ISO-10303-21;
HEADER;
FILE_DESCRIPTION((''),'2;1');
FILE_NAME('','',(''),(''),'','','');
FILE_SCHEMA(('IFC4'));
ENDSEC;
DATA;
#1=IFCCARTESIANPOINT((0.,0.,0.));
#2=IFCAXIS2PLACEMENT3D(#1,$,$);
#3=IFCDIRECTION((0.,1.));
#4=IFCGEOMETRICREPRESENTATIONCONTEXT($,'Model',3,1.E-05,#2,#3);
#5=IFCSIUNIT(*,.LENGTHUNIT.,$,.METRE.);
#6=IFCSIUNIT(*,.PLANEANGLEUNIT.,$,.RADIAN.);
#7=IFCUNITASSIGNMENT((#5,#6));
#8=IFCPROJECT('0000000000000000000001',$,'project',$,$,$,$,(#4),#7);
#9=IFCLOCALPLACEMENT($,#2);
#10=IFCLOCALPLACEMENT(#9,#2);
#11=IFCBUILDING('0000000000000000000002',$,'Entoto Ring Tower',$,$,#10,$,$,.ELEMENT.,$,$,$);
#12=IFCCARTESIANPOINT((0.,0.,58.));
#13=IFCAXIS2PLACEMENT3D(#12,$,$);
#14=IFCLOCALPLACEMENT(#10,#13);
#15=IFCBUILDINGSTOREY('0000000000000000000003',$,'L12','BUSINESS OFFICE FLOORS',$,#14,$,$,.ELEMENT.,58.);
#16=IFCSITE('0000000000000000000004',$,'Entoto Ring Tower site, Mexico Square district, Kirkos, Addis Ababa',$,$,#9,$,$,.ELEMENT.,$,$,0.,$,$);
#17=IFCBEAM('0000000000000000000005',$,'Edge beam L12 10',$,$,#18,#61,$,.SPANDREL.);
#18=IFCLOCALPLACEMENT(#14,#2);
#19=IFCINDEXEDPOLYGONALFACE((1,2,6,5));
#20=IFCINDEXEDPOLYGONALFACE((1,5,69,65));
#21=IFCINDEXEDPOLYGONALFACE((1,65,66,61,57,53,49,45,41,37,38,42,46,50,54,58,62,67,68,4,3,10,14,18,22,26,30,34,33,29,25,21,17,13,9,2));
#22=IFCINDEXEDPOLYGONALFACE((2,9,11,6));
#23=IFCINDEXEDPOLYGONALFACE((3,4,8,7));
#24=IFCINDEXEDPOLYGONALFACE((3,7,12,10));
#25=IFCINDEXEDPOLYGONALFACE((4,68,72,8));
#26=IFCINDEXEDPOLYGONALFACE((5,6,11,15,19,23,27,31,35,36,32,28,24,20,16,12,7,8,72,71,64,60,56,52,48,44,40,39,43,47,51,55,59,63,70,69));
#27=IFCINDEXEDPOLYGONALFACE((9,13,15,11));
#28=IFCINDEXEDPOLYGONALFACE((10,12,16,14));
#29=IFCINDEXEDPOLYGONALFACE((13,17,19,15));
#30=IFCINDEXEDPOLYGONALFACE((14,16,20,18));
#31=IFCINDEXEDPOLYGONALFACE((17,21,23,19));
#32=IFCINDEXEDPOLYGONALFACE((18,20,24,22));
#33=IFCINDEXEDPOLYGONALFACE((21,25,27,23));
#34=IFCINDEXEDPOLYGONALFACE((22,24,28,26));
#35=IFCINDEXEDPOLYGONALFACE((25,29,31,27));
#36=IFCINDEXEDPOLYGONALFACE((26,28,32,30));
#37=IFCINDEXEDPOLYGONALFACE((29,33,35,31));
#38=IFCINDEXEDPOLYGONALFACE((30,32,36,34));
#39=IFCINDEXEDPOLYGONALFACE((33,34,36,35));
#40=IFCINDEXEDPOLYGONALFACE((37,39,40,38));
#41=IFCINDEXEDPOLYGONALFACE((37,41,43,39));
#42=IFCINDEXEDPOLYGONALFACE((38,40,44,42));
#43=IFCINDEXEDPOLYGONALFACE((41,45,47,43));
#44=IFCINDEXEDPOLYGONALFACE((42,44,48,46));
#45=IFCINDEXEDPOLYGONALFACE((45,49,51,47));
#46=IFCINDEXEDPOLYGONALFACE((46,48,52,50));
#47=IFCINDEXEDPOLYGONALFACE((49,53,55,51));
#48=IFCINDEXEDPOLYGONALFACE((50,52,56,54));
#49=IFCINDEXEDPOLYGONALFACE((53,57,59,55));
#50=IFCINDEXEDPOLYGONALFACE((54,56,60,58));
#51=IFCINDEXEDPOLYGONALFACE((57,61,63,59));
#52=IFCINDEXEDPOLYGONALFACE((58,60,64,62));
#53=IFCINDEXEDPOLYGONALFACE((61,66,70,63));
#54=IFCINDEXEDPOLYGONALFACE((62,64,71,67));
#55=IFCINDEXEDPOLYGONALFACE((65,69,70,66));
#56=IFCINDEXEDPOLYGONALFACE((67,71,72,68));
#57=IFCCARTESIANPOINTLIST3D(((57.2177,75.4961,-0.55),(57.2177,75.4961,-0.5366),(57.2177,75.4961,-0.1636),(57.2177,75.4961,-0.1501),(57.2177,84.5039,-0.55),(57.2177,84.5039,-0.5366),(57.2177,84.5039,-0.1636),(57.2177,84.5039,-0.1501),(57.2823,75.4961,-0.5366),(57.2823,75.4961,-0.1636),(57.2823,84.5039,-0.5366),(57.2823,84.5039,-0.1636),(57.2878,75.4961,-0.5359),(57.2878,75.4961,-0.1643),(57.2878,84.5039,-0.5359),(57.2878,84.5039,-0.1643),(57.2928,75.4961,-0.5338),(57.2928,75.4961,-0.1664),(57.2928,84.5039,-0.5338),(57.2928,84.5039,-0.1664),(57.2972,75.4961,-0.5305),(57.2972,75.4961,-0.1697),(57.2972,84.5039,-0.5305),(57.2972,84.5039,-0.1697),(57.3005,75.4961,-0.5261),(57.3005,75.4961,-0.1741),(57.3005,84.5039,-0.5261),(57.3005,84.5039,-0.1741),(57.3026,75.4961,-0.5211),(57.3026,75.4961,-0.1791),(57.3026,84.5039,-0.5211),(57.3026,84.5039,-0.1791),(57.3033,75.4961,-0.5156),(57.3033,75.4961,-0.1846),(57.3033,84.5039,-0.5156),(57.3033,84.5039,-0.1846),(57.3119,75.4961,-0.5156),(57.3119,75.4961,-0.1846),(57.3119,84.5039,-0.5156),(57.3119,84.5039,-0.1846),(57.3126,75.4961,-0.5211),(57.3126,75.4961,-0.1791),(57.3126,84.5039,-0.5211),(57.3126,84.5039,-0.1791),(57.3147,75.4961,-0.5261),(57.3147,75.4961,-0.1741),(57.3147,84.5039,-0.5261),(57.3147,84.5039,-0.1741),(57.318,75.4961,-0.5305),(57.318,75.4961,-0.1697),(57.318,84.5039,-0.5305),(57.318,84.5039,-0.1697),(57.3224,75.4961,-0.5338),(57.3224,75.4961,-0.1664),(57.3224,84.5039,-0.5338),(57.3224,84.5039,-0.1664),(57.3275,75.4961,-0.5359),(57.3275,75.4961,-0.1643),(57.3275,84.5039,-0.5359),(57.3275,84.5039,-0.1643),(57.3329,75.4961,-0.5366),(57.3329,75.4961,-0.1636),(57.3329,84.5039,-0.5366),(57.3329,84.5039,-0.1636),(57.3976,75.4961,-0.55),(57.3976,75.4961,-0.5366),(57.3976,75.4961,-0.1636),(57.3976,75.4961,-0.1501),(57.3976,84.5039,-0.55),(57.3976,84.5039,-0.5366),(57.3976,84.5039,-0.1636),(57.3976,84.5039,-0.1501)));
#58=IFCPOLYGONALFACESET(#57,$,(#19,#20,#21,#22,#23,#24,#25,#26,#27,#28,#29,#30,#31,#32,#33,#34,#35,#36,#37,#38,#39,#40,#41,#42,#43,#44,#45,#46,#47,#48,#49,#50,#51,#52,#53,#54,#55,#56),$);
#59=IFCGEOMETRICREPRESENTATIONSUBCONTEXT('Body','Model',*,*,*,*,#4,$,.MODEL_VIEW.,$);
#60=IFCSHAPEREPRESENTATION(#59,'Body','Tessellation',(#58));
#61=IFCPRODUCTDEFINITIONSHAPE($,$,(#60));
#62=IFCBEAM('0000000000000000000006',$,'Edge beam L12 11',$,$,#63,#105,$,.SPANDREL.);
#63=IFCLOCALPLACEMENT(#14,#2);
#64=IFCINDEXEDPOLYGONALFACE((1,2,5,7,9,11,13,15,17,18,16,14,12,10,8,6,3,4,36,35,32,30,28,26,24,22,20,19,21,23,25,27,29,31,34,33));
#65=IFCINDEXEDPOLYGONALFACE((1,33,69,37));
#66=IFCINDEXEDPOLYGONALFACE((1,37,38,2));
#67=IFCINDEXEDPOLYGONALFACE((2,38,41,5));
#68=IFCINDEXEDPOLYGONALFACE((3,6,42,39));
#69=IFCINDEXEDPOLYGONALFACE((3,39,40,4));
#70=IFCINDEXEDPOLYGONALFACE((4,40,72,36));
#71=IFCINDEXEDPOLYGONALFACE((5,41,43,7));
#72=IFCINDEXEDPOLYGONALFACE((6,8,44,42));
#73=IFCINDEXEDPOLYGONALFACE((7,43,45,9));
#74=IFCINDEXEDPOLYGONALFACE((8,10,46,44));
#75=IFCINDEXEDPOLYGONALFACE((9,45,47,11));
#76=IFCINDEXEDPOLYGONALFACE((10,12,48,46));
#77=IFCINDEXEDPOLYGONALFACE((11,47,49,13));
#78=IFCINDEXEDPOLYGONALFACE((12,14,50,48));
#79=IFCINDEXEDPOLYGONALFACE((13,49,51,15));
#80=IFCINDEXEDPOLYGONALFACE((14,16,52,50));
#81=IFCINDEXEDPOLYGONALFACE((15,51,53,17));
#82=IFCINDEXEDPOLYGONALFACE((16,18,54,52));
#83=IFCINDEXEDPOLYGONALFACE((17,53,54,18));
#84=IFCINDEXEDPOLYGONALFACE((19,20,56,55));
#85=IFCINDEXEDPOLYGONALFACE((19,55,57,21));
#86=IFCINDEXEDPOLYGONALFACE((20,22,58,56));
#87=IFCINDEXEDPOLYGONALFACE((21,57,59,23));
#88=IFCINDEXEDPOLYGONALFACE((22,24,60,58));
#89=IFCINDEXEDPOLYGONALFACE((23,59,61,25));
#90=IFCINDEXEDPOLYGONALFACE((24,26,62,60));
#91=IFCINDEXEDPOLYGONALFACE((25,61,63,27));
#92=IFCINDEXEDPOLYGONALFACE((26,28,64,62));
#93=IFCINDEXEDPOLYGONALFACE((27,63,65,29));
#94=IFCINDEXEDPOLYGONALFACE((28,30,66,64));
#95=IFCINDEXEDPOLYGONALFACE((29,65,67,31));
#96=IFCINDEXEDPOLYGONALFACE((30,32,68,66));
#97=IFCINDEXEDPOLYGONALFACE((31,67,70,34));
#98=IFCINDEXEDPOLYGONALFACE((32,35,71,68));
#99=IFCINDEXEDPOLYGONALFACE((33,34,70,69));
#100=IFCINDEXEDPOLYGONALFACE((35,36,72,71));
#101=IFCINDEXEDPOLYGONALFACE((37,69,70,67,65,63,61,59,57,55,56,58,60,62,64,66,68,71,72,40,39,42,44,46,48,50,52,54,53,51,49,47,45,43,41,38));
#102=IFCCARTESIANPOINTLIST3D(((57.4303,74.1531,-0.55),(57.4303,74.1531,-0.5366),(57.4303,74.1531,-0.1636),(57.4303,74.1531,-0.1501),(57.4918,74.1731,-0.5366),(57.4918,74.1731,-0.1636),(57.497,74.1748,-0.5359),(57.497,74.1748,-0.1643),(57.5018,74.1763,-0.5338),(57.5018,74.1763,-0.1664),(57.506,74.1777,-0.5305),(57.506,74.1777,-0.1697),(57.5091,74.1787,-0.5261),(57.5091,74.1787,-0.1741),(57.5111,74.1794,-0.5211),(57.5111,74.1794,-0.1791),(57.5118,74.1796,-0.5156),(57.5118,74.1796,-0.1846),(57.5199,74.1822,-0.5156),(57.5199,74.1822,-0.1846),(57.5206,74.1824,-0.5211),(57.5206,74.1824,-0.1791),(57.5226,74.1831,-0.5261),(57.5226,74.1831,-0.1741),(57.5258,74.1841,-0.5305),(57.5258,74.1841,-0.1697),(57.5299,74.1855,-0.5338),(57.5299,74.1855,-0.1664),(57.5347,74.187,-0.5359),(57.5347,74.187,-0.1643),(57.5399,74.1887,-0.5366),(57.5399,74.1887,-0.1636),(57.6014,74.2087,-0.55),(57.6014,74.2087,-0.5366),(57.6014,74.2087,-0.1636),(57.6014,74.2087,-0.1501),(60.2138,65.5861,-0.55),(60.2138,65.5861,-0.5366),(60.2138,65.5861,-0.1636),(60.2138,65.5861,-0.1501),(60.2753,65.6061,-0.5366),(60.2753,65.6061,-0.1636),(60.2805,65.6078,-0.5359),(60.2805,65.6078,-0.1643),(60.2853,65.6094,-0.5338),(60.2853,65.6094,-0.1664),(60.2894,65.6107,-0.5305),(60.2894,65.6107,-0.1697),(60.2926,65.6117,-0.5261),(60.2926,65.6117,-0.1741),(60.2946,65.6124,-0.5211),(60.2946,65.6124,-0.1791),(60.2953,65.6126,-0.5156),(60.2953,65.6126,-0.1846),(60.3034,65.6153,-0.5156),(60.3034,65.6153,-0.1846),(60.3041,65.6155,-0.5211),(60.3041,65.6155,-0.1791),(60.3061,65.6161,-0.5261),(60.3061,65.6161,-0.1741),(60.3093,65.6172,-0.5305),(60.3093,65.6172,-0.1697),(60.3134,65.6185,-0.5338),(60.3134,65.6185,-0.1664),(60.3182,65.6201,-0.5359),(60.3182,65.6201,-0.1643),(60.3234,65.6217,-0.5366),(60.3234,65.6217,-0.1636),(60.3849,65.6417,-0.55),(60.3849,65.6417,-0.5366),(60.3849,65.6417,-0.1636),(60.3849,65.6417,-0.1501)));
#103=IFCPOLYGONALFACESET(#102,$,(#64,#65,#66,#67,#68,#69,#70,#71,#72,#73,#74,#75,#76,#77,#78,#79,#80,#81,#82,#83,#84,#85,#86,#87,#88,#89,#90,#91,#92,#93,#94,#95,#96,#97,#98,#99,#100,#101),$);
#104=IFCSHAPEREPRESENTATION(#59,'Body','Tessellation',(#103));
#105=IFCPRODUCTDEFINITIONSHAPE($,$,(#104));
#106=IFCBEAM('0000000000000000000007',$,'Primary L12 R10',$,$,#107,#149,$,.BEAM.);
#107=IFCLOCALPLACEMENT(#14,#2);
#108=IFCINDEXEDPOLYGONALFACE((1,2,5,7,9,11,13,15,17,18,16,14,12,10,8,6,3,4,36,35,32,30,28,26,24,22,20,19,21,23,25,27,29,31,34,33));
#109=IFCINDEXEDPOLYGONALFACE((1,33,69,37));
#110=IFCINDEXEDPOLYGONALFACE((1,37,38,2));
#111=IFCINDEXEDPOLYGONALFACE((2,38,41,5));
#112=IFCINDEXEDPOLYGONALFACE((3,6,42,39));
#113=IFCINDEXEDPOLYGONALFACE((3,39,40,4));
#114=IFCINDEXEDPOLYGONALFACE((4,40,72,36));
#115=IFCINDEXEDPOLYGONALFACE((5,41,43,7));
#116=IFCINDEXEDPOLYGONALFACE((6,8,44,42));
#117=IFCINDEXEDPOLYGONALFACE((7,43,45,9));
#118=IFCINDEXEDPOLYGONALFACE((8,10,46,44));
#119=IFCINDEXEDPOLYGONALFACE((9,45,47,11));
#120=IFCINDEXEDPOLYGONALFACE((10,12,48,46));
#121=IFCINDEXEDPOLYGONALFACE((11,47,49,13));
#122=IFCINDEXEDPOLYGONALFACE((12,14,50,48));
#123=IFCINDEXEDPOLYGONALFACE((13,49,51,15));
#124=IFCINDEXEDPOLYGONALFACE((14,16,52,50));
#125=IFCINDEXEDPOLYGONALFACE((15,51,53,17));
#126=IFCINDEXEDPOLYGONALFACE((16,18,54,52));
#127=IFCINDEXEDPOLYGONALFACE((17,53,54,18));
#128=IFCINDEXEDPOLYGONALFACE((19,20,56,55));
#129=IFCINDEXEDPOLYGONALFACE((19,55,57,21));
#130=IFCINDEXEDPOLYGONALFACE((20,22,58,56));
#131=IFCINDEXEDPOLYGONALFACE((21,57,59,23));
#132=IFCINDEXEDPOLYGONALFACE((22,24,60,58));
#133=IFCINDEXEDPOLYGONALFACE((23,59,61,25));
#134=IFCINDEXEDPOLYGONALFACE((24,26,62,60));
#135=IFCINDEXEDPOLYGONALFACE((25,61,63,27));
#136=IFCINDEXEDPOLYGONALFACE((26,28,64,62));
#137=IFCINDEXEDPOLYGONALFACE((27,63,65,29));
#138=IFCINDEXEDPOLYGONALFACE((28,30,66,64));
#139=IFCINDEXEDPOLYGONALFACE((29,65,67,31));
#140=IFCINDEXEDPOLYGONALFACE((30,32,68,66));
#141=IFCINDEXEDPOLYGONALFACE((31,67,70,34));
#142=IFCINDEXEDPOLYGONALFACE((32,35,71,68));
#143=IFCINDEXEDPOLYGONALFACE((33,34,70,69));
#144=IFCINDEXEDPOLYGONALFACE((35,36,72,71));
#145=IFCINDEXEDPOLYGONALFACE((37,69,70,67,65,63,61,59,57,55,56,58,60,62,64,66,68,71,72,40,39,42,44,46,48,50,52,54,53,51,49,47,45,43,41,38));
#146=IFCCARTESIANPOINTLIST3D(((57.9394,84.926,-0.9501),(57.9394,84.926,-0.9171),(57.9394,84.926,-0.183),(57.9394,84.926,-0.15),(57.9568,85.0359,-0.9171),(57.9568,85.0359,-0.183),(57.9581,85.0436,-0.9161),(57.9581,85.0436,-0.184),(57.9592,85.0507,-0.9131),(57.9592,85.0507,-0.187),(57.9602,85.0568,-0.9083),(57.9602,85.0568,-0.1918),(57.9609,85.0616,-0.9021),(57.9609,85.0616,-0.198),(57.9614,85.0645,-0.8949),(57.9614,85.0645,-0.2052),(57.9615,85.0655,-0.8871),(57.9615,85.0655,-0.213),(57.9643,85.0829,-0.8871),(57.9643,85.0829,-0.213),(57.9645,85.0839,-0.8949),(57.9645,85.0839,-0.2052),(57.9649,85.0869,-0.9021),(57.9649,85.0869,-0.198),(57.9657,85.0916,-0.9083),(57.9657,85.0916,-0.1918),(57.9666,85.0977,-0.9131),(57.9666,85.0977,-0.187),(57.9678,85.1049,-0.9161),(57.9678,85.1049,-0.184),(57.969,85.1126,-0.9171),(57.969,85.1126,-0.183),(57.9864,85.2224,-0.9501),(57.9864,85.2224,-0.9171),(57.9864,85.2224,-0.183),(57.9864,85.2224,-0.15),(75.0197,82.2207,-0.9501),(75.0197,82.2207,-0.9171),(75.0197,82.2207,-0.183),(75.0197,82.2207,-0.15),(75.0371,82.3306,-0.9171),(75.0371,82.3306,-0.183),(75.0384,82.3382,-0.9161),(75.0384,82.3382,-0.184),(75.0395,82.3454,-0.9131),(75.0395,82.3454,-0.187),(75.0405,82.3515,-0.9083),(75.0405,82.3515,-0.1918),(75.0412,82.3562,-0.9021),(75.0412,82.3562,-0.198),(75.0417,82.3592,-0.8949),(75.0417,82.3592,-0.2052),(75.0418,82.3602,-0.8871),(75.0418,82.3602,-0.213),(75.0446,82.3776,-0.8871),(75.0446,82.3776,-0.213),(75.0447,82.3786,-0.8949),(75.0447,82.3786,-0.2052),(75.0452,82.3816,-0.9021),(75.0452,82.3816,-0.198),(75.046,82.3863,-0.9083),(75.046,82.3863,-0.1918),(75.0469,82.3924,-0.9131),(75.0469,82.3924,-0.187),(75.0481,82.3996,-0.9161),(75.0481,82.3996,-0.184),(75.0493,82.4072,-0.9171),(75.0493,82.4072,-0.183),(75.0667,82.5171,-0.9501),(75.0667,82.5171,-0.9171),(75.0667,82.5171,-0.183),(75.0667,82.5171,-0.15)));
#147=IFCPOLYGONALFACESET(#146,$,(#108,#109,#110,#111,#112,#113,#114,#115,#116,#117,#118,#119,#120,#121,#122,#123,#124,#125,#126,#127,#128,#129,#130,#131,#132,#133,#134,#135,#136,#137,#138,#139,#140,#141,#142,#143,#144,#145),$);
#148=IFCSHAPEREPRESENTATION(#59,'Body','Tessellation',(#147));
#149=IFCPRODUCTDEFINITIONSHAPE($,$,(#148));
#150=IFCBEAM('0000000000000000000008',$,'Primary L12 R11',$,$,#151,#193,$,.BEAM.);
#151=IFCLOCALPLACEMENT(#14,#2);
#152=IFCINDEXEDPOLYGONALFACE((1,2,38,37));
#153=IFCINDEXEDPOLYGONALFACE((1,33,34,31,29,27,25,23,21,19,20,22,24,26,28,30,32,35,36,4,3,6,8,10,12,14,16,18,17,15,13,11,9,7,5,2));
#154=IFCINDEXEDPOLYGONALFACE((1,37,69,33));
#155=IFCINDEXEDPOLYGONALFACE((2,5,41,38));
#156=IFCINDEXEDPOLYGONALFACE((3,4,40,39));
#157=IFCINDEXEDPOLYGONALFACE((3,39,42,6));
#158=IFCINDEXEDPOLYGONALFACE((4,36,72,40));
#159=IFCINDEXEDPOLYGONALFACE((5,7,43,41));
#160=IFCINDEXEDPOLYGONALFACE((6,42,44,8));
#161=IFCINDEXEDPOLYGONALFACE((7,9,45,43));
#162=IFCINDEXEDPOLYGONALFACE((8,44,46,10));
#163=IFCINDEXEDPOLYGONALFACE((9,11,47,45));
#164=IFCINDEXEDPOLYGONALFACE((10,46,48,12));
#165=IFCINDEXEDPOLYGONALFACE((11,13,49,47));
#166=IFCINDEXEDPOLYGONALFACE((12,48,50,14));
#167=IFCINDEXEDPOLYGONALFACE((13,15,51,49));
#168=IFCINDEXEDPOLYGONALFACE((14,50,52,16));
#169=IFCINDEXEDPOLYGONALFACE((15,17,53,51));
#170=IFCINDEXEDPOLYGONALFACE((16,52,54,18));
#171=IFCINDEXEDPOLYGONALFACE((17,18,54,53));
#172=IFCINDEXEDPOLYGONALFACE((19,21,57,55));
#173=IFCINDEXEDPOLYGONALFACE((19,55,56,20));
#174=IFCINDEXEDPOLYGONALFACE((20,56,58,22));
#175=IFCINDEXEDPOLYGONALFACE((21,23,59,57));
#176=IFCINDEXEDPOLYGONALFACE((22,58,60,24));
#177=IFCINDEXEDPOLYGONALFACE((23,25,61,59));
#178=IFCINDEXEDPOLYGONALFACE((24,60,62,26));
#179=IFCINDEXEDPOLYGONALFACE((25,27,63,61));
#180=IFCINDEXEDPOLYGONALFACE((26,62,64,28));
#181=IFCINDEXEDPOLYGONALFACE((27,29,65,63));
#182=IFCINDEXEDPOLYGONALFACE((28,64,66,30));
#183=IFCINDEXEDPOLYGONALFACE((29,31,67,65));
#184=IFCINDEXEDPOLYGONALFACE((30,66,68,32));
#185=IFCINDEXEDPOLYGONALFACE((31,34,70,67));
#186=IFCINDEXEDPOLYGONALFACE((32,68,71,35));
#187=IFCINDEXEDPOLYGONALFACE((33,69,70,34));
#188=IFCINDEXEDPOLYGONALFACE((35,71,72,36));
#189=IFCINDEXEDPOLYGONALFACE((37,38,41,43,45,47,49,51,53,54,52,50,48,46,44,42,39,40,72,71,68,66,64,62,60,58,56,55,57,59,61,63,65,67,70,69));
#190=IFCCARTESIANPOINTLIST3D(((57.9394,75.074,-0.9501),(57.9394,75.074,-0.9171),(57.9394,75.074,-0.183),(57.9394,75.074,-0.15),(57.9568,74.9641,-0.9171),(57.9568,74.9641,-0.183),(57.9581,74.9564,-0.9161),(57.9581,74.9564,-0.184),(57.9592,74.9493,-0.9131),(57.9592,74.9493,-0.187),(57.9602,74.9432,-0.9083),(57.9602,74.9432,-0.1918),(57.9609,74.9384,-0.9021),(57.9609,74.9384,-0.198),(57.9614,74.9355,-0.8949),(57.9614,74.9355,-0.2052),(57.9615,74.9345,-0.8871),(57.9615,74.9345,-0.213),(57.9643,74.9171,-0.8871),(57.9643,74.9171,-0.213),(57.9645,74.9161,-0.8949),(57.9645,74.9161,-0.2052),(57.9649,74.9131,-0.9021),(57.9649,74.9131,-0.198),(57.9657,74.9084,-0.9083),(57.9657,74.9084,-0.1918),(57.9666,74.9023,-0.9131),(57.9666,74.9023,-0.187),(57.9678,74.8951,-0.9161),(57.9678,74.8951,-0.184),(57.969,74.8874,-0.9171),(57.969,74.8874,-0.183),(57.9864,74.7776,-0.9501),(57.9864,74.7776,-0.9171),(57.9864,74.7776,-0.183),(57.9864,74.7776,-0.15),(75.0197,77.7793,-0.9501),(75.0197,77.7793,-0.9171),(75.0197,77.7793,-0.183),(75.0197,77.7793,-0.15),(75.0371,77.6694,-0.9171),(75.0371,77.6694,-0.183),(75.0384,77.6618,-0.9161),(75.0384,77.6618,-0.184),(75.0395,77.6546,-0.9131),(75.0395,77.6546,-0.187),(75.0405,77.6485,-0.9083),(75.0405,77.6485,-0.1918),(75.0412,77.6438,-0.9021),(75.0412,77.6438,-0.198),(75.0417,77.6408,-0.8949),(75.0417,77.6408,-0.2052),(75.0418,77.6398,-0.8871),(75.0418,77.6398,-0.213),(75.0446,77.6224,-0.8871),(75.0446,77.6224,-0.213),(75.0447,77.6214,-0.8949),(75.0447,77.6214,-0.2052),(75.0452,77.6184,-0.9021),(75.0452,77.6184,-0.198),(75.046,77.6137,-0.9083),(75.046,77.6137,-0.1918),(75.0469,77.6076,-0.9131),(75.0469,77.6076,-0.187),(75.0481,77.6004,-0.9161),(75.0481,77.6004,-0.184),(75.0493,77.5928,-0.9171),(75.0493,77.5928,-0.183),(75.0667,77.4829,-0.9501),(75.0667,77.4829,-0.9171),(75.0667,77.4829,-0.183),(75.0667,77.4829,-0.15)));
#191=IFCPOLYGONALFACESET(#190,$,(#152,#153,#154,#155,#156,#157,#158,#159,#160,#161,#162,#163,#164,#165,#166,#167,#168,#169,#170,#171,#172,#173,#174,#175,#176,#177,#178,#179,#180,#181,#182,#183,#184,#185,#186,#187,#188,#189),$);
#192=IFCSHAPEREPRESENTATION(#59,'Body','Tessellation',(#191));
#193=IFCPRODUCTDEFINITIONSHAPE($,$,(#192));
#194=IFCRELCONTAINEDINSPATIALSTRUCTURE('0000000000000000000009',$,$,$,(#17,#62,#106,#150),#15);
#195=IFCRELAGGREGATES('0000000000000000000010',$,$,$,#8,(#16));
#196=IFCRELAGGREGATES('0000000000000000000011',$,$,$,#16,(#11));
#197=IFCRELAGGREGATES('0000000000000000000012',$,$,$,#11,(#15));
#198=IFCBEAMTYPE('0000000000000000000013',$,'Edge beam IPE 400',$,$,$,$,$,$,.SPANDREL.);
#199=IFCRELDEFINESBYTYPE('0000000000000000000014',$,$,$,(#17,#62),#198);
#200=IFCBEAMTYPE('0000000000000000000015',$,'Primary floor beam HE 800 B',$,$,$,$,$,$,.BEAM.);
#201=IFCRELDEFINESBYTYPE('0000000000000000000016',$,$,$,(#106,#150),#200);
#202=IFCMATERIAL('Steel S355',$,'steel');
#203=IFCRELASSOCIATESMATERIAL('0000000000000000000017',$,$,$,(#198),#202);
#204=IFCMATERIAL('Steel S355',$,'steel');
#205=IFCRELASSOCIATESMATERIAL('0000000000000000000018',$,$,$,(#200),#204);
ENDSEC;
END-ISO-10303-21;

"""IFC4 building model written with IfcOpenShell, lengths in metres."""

from ifc_helpers import new_model, si_unit, direction, frame, origin, origin_2d, place, context, subcontext, project, spatial, i_section, extrude, material, material_profile, profile_set, type_object, element, save


model = new_model("IFC4")

# Units and contexts
model_context = context("Model", 3, precision=1e-05, world=origin(), true_north=direction((0.0, 1.0)))
body_context = subcontext(model_context, "Body", "Model", "MODEL_VIEW")
ifc_project = project(units=[si_unit("LENGTHUNIT", "METRE"), si_unit("PLANEANGLEUNIT", "RADIAN")], contexts=[model_context])

# Site, building, storey
site_placement = place(None, origin())
site = spatial("IfcSite", under=ifc_project, at=site_placement, Name="Entoto Ring Tower site, Mexico Square district, Kirkos, Addis Ababa", CompositionType="ELEMENT", RefElevation=0.0)
building_placement = place(site_placement, origin())
building = spatial("IfcBuilding", under=site, at=building_placement, Name="Entoto Ring Tower", CompositionType="ELEMENT")
storey_placement = place(building_placement, frame((0.0, 0.0, 58.0)))
storey = spatial("IfcBuildingStorey", under=building, at=storey_placement, Name="L12", Description="BUSINESS OFFICE FLOORS", CompositionType="ELEMENT", Elevation=58.0)

# Beams
ifc_material_1 = material(Name="Steel S355", Category="steel")
ifc_material_profile_1 = material_profile(ifc_material_1, i_section(OverallWidth=0.1799, OverallDepth=0.3999, WebThickness=0.0085, FlangeThickness=0.0134, FilletRadius=0.021, at=origin_2d()), Name="IPE 400")
ifc_profile_set_1 = profile_set([ifc_material_profile_1], Name="Steel S355")
beam_type_1 = type_object("IfcBeamType", Name="Edge beam IPE 400", PredefinedType="SPANDREL", material=ifc_profile_set_1)
for number, where, z_axis, x_axis, name in (
    (1, (57.3076, 84.5039, -0.3501), (0.0, -1.0, 0.0), (1.0, 0.0, 0.0), "Edge beam L12 10"),
    (2, (57.5159, 74.1809, -0.3501), (0.309006, -0.95106, 0.0), (0.95106, 0.309006, 0.0), "Edge beam L12 11"),
):
    element("IfcBeam", number, at=place(storey_placement, frame(where, z_axis=z_axis, x_axis=x_axis)), inside=storey, type_object=beam_type_1, Name=name, PredefinedType="SPANDREL", context=body_context, shape_type="SweptSolid", body=[
        extrude(i_section(OverallWidth=0.1799, OverallDepth=0.3999, WebThickness=0.0085, FlangeThickness=0.0134, FilletRadius=0.021, at=origin_2d()), origin(), (0.0, 0.0, 1.0), 9.0078),
    ])
ifc_material_2 = material(Name="Steel S355", Category="steel")
ifc_material_profile_2 = material_profile(ifc_material_2, i_section(OverallWidth=0.3, OverallDepth=0.8, WebThickness=0.0176, FlangeThickness=0.033, FilletRadius=0.03, at=origin_2d()), Name="HE 800 B")
ifc_profile_set_2 = profile_set([ifc_material_profile_2], Name="Steel S355")
beam_type_2 = type_object("IfcBeamType", Name="Primary floor beam HE 800 B", PredefinedType="BEAM", material=ifc_profile_set_2)
for number, where, z_axis, x_axis, name in (
    (3, (75.0432, 82.3689, -0.55), (-0.987688, 0.156438, 0.0), (-0.156438, -0.987688, 0.0), "Primary L12 R10"),
    (4, (75.0432, 77.6311, -0.55), (-0.987688, -0.156438, 0.0), (0.156438, -0.987688, 0.0), "Primary L12 R11"),
):
    element("IfcBeam", number, at=place(storey_placement, frame(where, z_axis=z_axis, x_axis=x_axis)), inside=storey, type_object=beam_type_2, Name=name, PredefinedType="BEAM", context=body_context, shape_type="SweptSolid", body=[
        extrude(i_section(OverallWidth=0.3, OverallDepth=0.8, WebThickness=0.0176, FlangeThickness=0.033, FilletRadius=0.03, at=origin_2d()), origin(), (0.0, 0.0, 1.0), 17.2932),
    ])

save(model, "model.ifc")
